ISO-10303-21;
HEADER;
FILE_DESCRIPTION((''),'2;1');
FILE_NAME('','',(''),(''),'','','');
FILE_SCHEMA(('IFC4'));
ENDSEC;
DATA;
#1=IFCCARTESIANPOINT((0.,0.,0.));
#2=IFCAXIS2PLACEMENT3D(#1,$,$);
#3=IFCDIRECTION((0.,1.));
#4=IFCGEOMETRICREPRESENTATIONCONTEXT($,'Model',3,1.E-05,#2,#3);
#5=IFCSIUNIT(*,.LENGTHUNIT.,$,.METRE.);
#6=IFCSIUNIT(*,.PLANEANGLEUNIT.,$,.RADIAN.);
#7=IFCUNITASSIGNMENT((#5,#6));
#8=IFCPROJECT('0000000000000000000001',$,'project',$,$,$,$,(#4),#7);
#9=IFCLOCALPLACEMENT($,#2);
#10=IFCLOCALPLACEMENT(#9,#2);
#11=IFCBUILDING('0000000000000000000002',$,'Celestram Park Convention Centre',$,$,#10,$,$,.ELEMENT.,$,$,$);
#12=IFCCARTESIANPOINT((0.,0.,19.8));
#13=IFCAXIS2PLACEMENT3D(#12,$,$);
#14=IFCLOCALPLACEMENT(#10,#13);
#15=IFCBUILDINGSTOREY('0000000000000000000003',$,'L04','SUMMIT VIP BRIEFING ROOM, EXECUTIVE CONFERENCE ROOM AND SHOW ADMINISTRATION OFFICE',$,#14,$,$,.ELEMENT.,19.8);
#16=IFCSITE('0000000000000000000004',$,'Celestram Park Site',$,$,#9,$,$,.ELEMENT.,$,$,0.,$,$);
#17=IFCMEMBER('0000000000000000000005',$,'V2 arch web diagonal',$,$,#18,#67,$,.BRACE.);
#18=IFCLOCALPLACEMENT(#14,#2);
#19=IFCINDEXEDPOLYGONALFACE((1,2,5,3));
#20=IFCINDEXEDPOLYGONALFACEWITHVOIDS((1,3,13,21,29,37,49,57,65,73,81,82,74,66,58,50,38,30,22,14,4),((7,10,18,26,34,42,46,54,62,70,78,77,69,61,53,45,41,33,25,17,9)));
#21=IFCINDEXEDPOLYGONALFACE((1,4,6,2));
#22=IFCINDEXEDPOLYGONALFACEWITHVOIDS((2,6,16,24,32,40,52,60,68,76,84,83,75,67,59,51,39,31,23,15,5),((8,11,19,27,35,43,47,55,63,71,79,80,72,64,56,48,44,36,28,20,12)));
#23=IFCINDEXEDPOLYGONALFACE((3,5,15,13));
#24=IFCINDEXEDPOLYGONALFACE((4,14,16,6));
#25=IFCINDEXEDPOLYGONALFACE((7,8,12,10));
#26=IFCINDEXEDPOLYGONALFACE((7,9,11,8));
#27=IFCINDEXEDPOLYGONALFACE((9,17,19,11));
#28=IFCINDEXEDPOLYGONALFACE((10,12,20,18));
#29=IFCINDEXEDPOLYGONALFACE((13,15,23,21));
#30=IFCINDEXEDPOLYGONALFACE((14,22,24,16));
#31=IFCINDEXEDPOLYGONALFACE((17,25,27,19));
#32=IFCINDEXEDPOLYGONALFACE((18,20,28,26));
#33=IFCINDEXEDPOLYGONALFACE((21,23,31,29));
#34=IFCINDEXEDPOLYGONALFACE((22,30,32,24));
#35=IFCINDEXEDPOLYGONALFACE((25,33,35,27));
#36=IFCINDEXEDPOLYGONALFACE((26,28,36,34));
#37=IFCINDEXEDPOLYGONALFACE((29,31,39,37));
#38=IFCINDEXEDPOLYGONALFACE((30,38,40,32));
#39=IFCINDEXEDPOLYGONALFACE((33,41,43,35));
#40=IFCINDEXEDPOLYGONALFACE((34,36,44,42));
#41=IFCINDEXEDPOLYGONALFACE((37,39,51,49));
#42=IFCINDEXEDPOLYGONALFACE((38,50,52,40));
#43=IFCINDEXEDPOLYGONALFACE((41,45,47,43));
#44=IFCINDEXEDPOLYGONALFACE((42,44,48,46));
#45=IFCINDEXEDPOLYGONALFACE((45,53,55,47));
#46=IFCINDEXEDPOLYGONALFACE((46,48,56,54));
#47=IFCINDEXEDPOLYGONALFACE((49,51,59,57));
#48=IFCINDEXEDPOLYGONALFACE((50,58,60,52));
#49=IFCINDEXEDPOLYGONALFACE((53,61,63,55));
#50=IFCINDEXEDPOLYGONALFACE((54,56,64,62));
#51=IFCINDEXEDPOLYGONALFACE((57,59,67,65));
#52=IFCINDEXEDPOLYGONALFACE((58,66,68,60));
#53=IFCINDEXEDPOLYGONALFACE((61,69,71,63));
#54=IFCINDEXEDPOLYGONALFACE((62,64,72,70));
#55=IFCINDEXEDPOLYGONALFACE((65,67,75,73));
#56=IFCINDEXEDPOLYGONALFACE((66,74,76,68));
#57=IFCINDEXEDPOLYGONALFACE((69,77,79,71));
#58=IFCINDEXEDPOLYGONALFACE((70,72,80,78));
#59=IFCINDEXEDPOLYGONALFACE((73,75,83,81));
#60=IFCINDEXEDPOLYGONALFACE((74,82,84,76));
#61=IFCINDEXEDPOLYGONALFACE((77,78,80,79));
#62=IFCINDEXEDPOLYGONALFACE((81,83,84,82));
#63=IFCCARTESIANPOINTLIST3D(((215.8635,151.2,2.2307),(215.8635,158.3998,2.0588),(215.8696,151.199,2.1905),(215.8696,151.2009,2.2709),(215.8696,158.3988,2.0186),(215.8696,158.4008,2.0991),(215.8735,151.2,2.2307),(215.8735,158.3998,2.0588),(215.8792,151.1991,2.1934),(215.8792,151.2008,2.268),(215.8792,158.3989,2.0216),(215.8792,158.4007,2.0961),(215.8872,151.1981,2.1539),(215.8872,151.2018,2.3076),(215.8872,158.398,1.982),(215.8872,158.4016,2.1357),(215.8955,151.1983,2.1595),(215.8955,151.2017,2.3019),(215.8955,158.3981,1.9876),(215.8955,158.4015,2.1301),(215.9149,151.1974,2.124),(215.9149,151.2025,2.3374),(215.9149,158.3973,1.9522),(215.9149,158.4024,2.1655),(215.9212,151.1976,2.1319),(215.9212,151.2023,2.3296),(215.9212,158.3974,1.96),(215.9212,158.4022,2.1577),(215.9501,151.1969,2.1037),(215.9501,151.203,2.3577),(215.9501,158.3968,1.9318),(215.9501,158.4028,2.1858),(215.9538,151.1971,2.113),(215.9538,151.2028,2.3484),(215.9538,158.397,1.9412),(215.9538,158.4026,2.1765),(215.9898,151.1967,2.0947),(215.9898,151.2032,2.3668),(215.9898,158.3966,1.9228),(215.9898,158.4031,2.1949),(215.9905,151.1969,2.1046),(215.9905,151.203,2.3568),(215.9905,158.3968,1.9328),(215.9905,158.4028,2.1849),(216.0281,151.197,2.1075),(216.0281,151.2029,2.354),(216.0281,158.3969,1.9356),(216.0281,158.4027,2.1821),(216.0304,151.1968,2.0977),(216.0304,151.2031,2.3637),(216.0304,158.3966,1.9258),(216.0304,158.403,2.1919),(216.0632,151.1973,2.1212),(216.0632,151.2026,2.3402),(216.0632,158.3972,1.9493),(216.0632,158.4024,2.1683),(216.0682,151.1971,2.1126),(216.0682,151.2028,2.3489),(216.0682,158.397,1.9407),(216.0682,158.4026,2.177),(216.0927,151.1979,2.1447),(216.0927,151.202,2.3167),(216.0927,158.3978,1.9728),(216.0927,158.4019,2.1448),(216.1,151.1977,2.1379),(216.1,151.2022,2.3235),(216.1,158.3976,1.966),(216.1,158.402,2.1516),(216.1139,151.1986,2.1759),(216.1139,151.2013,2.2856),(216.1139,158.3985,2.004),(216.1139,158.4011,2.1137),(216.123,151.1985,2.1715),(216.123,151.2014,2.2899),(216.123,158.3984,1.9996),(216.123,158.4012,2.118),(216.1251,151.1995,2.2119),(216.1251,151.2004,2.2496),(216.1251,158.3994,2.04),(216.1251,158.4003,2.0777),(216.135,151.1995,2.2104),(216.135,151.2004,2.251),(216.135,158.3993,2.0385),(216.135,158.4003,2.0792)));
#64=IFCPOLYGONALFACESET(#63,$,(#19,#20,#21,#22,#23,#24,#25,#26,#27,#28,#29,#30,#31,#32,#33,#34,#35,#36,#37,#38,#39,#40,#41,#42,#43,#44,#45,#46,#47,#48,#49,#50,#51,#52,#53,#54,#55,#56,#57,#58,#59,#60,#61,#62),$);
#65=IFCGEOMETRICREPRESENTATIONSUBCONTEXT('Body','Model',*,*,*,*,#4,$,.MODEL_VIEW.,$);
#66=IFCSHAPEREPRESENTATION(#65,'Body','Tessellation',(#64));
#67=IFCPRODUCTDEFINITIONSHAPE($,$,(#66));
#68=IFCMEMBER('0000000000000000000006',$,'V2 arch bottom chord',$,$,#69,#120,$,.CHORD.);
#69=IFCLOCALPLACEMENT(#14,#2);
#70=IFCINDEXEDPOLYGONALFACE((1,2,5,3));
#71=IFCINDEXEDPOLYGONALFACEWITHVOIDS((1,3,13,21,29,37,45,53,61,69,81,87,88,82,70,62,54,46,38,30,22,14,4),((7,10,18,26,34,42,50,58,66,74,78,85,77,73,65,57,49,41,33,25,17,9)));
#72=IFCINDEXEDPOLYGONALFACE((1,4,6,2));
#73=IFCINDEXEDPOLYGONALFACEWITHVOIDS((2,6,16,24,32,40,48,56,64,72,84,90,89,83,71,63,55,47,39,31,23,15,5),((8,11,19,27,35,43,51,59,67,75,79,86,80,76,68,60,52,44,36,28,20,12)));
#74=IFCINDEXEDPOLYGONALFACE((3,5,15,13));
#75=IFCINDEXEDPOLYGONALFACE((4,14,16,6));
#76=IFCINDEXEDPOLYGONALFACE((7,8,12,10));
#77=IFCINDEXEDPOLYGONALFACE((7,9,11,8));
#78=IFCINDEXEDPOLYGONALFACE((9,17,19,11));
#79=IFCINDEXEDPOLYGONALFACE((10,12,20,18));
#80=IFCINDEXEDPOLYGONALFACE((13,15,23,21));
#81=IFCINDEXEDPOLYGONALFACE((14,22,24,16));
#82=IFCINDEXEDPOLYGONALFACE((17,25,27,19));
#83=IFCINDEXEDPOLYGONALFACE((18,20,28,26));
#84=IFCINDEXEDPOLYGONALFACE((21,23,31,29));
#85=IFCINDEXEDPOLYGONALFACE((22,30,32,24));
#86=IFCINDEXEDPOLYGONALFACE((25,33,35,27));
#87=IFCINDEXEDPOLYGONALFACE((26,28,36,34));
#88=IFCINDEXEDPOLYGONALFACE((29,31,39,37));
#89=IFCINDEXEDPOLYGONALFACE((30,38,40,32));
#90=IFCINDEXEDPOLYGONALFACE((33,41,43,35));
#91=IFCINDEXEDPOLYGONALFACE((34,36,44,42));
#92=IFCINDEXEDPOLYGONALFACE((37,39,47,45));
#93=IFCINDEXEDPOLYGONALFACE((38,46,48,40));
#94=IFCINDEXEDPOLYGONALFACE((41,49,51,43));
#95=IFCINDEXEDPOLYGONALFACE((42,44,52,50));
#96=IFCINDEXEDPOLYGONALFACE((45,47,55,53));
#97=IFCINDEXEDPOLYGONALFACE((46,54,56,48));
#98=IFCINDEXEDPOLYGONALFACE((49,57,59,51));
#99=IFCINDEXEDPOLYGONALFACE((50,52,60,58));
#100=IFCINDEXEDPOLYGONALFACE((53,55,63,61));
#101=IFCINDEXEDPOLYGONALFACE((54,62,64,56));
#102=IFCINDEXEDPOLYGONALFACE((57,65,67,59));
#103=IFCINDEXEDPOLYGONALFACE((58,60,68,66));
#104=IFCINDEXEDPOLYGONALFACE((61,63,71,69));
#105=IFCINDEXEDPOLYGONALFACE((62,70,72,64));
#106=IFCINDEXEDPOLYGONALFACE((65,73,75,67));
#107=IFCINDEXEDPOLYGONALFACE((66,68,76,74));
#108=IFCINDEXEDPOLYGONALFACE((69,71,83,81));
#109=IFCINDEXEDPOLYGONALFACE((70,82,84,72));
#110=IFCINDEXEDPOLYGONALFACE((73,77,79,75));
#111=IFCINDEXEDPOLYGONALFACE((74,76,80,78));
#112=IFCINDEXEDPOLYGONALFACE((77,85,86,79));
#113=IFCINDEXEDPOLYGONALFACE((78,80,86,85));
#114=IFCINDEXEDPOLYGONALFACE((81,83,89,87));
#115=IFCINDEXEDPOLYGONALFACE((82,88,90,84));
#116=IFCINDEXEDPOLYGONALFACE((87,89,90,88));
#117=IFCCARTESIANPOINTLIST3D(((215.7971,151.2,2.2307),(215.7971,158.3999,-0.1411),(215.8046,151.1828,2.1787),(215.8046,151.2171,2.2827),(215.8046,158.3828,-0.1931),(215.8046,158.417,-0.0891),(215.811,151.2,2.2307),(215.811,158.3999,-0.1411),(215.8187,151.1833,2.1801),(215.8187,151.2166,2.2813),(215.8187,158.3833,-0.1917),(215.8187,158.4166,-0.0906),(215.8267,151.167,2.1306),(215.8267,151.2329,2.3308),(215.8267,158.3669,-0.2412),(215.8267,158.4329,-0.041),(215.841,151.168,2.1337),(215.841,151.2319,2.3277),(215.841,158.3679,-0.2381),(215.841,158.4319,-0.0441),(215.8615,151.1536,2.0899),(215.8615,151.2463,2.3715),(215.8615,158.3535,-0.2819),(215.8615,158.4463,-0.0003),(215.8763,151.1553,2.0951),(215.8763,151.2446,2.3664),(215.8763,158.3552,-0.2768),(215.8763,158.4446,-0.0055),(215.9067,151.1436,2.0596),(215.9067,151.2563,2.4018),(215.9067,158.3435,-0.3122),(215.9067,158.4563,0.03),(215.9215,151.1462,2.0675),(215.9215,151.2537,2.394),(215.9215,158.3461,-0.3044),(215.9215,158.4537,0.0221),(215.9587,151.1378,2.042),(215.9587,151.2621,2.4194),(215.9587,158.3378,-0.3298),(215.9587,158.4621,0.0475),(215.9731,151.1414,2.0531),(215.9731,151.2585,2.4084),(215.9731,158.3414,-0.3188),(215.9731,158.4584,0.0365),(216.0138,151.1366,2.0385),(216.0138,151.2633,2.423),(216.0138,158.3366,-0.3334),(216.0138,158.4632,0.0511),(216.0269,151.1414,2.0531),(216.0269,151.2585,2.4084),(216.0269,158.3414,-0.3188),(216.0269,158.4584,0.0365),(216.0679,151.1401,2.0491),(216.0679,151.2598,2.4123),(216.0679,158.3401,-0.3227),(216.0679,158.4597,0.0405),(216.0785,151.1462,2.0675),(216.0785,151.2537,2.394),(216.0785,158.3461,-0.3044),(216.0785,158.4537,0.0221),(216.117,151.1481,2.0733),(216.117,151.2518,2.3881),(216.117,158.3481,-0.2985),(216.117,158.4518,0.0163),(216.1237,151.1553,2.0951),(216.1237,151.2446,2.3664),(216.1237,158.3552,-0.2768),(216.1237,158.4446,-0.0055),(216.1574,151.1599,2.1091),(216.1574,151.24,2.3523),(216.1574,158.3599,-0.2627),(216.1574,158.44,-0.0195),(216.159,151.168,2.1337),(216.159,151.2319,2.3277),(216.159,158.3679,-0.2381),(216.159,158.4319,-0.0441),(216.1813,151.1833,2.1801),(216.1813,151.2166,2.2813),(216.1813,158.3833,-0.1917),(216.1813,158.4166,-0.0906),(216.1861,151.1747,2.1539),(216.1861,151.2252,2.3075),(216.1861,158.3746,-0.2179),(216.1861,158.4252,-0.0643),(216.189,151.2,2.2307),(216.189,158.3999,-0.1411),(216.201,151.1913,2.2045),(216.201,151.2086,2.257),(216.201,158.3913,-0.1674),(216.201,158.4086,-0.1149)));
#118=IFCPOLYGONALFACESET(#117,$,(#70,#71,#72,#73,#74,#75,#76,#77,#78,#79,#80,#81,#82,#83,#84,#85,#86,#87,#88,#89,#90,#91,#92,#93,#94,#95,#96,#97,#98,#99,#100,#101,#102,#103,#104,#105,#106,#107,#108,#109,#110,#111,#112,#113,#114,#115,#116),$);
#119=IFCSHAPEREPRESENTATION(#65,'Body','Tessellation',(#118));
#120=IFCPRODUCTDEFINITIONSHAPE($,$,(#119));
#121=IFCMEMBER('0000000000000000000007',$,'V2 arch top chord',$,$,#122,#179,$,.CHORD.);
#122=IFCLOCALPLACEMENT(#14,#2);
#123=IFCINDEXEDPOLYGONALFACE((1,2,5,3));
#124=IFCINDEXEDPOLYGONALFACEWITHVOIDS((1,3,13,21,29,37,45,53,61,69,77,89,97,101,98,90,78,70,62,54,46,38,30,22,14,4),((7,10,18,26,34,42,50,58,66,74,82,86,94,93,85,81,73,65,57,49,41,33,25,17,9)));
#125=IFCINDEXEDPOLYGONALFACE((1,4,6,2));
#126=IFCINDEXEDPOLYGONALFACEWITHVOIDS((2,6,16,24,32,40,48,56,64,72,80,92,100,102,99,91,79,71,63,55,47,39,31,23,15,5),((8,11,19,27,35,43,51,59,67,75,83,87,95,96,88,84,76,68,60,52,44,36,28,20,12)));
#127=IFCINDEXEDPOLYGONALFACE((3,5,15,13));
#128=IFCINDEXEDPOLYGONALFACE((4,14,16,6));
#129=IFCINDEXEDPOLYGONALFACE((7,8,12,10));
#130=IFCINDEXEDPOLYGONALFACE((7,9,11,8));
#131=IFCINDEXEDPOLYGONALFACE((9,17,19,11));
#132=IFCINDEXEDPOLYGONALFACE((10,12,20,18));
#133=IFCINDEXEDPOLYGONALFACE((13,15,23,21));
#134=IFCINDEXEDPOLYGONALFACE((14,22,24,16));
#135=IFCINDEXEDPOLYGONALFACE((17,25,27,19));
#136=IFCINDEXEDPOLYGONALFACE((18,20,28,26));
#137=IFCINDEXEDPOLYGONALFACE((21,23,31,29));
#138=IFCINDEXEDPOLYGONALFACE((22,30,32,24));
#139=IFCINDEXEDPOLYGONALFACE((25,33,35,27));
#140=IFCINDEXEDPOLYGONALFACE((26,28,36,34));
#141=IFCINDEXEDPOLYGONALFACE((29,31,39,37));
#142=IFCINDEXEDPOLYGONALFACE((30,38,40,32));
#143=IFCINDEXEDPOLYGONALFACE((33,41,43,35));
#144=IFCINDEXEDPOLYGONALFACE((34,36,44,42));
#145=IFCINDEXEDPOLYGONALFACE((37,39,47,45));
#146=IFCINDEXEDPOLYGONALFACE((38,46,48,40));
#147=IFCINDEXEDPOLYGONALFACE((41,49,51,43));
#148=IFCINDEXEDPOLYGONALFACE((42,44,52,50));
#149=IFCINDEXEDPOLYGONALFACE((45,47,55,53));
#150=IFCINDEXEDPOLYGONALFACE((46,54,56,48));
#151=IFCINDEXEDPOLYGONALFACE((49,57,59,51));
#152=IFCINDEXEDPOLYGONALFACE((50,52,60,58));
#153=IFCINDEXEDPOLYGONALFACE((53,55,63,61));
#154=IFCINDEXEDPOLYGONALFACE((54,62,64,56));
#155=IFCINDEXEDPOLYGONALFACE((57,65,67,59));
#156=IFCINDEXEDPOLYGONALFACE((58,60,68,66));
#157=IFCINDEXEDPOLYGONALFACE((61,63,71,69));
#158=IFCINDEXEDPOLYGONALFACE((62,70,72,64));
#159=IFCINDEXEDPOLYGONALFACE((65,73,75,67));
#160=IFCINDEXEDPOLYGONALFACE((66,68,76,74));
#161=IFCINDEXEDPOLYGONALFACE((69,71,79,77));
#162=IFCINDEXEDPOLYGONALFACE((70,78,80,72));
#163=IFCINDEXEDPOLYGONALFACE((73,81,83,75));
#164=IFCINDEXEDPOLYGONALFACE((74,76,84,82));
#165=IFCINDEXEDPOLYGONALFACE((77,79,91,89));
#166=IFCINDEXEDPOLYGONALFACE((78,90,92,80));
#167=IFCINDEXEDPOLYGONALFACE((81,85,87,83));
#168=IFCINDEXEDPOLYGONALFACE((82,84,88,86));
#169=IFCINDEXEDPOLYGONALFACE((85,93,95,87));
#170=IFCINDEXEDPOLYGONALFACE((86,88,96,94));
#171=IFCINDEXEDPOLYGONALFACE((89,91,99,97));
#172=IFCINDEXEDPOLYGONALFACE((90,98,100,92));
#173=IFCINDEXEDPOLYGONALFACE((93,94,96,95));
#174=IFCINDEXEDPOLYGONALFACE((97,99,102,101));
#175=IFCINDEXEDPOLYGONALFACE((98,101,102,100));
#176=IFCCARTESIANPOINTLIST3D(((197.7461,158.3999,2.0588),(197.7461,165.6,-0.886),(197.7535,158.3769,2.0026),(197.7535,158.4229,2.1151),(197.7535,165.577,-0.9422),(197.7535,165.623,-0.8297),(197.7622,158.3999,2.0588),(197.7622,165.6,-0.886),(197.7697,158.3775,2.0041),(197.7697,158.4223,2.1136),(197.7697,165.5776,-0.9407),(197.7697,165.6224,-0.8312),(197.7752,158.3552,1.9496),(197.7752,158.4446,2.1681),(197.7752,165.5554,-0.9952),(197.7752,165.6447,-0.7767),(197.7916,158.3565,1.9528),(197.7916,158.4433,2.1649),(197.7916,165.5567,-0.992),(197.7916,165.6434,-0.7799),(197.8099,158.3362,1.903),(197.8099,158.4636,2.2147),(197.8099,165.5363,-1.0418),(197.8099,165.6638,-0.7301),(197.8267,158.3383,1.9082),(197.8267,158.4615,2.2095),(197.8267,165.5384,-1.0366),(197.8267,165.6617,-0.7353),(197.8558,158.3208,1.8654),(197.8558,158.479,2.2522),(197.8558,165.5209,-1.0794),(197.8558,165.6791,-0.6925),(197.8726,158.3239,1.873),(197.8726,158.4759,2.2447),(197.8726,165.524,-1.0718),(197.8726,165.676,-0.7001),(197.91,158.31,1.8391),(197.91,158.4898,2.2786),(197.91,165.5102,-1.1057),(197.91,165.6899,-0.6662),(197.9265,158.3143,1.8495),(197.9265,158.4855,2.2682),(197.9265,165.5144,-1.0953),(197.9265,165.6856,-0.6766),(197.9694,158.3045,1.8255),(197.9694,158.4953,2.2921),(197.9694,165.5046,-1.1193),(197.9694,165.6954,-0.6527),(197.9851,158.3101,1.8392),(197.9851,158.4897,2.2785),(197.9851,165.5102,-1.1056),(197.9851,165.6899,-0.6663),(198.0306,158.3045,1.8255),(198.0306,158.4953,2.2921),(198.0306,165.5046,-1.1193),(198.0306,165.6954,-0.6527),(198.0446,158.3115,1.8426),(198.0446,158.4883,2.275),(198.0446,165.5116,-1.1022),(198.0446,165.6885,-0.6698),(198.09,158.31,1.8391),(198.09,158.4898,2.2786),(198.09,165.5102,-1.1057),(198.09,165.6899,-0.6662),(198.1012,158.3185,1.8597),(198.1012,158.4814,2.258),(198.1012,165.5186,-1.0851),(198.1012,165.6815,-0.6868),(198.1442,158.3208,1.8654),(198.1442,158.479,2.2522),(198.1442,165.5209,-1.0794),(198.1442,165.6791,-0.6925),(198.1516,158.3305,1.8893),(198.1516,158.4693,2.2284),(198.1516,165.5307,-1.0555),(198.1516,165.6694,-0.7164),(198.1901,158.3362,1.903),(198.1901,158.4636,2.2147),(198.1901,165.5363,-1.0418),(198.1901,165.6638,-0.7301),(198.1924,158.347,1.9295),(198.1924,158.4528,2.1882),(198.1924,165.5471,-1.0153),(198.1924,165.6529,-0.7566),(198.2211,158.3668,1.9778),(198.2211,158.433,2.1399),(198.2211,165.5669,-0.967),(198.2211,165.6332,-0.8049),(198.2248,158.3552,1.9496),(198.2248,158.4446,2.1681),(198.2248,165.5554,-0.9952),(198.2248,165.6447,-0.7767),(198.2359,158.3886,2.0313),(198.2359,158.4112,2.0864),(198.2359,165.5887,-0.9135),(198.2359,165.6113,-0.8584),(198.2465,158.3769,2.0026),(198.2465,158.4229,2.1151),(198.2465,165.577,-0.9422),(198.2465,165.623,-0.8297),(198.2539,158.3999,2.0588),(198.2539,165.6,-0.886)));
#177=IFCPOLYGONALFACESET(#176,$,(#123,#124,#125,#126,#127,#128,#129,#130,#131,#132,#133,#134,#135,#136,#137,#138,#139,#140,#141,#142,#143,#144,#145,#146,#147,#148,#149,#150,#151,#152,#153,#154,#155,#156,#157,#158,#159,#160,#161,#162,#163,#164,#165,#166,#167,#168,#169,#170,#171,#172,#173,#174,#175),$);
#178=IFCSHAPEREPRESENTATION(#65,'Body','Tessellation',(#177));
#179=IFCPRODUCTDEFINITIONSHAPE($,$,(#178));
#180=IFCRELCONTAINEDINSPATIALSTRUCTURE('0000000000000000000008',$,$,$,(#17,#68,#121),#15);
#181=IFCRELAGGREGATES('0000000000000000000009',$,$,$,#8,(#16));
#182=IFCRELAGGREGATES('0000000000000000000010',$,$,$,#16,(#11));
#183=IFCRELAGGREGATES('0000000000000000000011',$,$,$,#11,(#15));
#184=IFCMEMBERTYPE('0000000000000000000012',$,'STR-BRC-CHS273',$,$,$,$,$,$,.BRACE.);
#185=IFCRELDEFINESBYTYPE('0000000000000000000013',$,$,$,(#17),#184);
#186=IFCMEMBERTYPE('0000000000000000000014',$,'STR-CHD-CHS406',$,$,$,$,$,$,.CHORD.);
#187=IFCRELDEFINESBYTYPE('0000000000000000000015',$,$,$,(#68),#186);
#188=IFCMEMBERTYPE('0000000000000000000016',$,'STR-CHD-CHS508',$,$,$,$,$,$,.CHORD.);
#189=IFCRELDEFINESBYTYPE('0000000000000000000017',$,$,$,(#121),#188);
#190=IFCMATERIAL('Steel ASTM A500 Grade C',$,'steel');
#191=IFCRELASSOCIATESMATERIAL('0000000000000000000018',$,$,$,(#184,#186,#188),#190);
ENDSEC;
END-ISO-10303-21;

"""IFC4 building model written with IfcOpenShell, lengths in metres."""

from ifc_helpers import new_model, si_unit, direction, frame, origin, origin_2d, place, context, subcontext, project, spatial, hollow_circle, extrude, material, material_profile, profile_set, type_object, element, save


model = new_model("IFC4")

# Units and contexts
model_context = context("Model", 3, precision=1e-05, world=origin(), true_north=direction((0.0, 1.0)))
body_context = subcontext(model_context, "Body", "Model", "MODEL_VIEW")
ifc_project = project(units=[si_unit("LENGTHUNIT", "METRE"), si_unit("PLANEANGLEUNIT", "RADIAN")], contexts=[model_context])

# Site, building, storey
site_placement = place(None, origin())
site = spatial("IfcSite", under=ifc_project, at=site_placement, Name="Celestram Park Site", CompositionType="ELEMENT", RefElevation=0.0)
building_placement = place(site_placement, origin())
building = spatial("IfcBuilding", under=site, at=building_placement, Name="Celestram Park Convention Centre", CompositionType="ELEMENT")
storey_placement = place(building_placement, frame((0.0, 0.0, 19.8)))
storey = spatial("IfcBuildingStorey", under=building, at=storey_placement, Name="L04", Description="SUMMIT VIP BRIEFING ROOM, EXECUTIVE CONFERENCE ROOM AND SHOW ADMINISTRATION OFFICE", CompositionType="ELEMENT", Elevation=19.8)

# Members
ifc_material_1 = material(Name="Steel ASTM A500 Grade C", Category="steel")
ifc_material_profile_1 = material_profile(ifc_material_1, hollow_circle(Radius=0.1365, WallThickness=0.01, at=origin_2d()), Name="CHS273X10")
ifc_profile_set_1 = profile_set([ifc_material_profile_1], Name="Steel ASTM A500 Grade C")
member_type_1 = type_object("IfcMemberType", Name="STR-BRC-CHS273", PredefinedType="BRACE", material=ifc_profile_set_1)
member_1_placement = place(storey_placement, frame((216.0, 151.2, 2.2307), z_axis=(0.0, 0.999715, -0.023865), x_axis=(-1.0, 0.0, 0.0)))
element("IfcMember", 1, at=member_1_placement, inside=storey, type_object=member_type_1, Name="V2 arch web diagonal", PredefinedType="BRACE", context=body_context, shape_type="SweptSolid", body=[
    extrude(hollow_circle(Radius=0.1365, WallThickness=0.01, at=origin_2d()), origin(), (0.0, 0.0, 1.0), 7.2019),
])
ifc_material_profile_2 = material_profile(ifc_material_1, hollow_circle(Radius=0.2029, WallThickness=0.0139, at=origin_2d()), Name="CHS406X14")
ifc_profile_set_2 = profile_set([ifc_material_profile_2], Name="Steel ASTM A500 Grade C")
member_type_2 = type_object("IfcMemberType", Name="STR-CHD-CHS406", PredefinedType="CHORD", material=ifc_profile_set_2)
member_2_placement = place(storey_placement, frame((216.0, 151.2, 2.2307), z_axis=(0.0, 0.949792, -0.312883), x_axis=(-1.0, 0.0, 0.0)))
element("IfcMember", 2, at=member_2_placement, inside=storey, type_object=member_type_2, Name="V2 arch bottom chord", PredefinedType="CHORD", context=body_context, shape_type="SweptSolid", body=[
    extrude(hollow_circle(Radius=0.2029, WallThickness=0.0139, at=origin_2d()), origin(), (0.0, 0.0, 1.0), 7.5806),
])
ifc_material_profile_3 = material_profile(ifc_material_1, hollow_circle(Radius=0.2539, WallThickness=0.0161, at=origin_2d()), Name="CHS508X16")
ifc_profile_set_3 = profile_set([ifc_material_profile_3], Name="Steel ASTM A500 Grade C")
member_type_3 = type_object("IfcMemberType", Name="STR-CHD-CHS508", PredefinedType="CHORD", material=ifc_profile_set_3)
for number, where, z_axis, x_axis, name in (
    (3, (198.0, 158.3999, 2.0588), (0.0, 0.925579, -0.378555), (-1.0, 0.0, 0.0), "V2 arch top chord"),
):
    element("IfcMember", number, at=place(storey_placement, frame(where, z_axis=z_axis, x_axis=x_axis)), inside=storey, type_object=member_type_3, Name=name, PredefinedType="CHORD", context=body_context, shape_type="SweptSolid", body=[
        extrude(hollow_circle(Radius=0.2539, WallThickness=0.0161, at=origin_2d()), origin(), (0.0, 0.0, 1.0), 7.7791),
    ])

save(model, "model.ifc")
